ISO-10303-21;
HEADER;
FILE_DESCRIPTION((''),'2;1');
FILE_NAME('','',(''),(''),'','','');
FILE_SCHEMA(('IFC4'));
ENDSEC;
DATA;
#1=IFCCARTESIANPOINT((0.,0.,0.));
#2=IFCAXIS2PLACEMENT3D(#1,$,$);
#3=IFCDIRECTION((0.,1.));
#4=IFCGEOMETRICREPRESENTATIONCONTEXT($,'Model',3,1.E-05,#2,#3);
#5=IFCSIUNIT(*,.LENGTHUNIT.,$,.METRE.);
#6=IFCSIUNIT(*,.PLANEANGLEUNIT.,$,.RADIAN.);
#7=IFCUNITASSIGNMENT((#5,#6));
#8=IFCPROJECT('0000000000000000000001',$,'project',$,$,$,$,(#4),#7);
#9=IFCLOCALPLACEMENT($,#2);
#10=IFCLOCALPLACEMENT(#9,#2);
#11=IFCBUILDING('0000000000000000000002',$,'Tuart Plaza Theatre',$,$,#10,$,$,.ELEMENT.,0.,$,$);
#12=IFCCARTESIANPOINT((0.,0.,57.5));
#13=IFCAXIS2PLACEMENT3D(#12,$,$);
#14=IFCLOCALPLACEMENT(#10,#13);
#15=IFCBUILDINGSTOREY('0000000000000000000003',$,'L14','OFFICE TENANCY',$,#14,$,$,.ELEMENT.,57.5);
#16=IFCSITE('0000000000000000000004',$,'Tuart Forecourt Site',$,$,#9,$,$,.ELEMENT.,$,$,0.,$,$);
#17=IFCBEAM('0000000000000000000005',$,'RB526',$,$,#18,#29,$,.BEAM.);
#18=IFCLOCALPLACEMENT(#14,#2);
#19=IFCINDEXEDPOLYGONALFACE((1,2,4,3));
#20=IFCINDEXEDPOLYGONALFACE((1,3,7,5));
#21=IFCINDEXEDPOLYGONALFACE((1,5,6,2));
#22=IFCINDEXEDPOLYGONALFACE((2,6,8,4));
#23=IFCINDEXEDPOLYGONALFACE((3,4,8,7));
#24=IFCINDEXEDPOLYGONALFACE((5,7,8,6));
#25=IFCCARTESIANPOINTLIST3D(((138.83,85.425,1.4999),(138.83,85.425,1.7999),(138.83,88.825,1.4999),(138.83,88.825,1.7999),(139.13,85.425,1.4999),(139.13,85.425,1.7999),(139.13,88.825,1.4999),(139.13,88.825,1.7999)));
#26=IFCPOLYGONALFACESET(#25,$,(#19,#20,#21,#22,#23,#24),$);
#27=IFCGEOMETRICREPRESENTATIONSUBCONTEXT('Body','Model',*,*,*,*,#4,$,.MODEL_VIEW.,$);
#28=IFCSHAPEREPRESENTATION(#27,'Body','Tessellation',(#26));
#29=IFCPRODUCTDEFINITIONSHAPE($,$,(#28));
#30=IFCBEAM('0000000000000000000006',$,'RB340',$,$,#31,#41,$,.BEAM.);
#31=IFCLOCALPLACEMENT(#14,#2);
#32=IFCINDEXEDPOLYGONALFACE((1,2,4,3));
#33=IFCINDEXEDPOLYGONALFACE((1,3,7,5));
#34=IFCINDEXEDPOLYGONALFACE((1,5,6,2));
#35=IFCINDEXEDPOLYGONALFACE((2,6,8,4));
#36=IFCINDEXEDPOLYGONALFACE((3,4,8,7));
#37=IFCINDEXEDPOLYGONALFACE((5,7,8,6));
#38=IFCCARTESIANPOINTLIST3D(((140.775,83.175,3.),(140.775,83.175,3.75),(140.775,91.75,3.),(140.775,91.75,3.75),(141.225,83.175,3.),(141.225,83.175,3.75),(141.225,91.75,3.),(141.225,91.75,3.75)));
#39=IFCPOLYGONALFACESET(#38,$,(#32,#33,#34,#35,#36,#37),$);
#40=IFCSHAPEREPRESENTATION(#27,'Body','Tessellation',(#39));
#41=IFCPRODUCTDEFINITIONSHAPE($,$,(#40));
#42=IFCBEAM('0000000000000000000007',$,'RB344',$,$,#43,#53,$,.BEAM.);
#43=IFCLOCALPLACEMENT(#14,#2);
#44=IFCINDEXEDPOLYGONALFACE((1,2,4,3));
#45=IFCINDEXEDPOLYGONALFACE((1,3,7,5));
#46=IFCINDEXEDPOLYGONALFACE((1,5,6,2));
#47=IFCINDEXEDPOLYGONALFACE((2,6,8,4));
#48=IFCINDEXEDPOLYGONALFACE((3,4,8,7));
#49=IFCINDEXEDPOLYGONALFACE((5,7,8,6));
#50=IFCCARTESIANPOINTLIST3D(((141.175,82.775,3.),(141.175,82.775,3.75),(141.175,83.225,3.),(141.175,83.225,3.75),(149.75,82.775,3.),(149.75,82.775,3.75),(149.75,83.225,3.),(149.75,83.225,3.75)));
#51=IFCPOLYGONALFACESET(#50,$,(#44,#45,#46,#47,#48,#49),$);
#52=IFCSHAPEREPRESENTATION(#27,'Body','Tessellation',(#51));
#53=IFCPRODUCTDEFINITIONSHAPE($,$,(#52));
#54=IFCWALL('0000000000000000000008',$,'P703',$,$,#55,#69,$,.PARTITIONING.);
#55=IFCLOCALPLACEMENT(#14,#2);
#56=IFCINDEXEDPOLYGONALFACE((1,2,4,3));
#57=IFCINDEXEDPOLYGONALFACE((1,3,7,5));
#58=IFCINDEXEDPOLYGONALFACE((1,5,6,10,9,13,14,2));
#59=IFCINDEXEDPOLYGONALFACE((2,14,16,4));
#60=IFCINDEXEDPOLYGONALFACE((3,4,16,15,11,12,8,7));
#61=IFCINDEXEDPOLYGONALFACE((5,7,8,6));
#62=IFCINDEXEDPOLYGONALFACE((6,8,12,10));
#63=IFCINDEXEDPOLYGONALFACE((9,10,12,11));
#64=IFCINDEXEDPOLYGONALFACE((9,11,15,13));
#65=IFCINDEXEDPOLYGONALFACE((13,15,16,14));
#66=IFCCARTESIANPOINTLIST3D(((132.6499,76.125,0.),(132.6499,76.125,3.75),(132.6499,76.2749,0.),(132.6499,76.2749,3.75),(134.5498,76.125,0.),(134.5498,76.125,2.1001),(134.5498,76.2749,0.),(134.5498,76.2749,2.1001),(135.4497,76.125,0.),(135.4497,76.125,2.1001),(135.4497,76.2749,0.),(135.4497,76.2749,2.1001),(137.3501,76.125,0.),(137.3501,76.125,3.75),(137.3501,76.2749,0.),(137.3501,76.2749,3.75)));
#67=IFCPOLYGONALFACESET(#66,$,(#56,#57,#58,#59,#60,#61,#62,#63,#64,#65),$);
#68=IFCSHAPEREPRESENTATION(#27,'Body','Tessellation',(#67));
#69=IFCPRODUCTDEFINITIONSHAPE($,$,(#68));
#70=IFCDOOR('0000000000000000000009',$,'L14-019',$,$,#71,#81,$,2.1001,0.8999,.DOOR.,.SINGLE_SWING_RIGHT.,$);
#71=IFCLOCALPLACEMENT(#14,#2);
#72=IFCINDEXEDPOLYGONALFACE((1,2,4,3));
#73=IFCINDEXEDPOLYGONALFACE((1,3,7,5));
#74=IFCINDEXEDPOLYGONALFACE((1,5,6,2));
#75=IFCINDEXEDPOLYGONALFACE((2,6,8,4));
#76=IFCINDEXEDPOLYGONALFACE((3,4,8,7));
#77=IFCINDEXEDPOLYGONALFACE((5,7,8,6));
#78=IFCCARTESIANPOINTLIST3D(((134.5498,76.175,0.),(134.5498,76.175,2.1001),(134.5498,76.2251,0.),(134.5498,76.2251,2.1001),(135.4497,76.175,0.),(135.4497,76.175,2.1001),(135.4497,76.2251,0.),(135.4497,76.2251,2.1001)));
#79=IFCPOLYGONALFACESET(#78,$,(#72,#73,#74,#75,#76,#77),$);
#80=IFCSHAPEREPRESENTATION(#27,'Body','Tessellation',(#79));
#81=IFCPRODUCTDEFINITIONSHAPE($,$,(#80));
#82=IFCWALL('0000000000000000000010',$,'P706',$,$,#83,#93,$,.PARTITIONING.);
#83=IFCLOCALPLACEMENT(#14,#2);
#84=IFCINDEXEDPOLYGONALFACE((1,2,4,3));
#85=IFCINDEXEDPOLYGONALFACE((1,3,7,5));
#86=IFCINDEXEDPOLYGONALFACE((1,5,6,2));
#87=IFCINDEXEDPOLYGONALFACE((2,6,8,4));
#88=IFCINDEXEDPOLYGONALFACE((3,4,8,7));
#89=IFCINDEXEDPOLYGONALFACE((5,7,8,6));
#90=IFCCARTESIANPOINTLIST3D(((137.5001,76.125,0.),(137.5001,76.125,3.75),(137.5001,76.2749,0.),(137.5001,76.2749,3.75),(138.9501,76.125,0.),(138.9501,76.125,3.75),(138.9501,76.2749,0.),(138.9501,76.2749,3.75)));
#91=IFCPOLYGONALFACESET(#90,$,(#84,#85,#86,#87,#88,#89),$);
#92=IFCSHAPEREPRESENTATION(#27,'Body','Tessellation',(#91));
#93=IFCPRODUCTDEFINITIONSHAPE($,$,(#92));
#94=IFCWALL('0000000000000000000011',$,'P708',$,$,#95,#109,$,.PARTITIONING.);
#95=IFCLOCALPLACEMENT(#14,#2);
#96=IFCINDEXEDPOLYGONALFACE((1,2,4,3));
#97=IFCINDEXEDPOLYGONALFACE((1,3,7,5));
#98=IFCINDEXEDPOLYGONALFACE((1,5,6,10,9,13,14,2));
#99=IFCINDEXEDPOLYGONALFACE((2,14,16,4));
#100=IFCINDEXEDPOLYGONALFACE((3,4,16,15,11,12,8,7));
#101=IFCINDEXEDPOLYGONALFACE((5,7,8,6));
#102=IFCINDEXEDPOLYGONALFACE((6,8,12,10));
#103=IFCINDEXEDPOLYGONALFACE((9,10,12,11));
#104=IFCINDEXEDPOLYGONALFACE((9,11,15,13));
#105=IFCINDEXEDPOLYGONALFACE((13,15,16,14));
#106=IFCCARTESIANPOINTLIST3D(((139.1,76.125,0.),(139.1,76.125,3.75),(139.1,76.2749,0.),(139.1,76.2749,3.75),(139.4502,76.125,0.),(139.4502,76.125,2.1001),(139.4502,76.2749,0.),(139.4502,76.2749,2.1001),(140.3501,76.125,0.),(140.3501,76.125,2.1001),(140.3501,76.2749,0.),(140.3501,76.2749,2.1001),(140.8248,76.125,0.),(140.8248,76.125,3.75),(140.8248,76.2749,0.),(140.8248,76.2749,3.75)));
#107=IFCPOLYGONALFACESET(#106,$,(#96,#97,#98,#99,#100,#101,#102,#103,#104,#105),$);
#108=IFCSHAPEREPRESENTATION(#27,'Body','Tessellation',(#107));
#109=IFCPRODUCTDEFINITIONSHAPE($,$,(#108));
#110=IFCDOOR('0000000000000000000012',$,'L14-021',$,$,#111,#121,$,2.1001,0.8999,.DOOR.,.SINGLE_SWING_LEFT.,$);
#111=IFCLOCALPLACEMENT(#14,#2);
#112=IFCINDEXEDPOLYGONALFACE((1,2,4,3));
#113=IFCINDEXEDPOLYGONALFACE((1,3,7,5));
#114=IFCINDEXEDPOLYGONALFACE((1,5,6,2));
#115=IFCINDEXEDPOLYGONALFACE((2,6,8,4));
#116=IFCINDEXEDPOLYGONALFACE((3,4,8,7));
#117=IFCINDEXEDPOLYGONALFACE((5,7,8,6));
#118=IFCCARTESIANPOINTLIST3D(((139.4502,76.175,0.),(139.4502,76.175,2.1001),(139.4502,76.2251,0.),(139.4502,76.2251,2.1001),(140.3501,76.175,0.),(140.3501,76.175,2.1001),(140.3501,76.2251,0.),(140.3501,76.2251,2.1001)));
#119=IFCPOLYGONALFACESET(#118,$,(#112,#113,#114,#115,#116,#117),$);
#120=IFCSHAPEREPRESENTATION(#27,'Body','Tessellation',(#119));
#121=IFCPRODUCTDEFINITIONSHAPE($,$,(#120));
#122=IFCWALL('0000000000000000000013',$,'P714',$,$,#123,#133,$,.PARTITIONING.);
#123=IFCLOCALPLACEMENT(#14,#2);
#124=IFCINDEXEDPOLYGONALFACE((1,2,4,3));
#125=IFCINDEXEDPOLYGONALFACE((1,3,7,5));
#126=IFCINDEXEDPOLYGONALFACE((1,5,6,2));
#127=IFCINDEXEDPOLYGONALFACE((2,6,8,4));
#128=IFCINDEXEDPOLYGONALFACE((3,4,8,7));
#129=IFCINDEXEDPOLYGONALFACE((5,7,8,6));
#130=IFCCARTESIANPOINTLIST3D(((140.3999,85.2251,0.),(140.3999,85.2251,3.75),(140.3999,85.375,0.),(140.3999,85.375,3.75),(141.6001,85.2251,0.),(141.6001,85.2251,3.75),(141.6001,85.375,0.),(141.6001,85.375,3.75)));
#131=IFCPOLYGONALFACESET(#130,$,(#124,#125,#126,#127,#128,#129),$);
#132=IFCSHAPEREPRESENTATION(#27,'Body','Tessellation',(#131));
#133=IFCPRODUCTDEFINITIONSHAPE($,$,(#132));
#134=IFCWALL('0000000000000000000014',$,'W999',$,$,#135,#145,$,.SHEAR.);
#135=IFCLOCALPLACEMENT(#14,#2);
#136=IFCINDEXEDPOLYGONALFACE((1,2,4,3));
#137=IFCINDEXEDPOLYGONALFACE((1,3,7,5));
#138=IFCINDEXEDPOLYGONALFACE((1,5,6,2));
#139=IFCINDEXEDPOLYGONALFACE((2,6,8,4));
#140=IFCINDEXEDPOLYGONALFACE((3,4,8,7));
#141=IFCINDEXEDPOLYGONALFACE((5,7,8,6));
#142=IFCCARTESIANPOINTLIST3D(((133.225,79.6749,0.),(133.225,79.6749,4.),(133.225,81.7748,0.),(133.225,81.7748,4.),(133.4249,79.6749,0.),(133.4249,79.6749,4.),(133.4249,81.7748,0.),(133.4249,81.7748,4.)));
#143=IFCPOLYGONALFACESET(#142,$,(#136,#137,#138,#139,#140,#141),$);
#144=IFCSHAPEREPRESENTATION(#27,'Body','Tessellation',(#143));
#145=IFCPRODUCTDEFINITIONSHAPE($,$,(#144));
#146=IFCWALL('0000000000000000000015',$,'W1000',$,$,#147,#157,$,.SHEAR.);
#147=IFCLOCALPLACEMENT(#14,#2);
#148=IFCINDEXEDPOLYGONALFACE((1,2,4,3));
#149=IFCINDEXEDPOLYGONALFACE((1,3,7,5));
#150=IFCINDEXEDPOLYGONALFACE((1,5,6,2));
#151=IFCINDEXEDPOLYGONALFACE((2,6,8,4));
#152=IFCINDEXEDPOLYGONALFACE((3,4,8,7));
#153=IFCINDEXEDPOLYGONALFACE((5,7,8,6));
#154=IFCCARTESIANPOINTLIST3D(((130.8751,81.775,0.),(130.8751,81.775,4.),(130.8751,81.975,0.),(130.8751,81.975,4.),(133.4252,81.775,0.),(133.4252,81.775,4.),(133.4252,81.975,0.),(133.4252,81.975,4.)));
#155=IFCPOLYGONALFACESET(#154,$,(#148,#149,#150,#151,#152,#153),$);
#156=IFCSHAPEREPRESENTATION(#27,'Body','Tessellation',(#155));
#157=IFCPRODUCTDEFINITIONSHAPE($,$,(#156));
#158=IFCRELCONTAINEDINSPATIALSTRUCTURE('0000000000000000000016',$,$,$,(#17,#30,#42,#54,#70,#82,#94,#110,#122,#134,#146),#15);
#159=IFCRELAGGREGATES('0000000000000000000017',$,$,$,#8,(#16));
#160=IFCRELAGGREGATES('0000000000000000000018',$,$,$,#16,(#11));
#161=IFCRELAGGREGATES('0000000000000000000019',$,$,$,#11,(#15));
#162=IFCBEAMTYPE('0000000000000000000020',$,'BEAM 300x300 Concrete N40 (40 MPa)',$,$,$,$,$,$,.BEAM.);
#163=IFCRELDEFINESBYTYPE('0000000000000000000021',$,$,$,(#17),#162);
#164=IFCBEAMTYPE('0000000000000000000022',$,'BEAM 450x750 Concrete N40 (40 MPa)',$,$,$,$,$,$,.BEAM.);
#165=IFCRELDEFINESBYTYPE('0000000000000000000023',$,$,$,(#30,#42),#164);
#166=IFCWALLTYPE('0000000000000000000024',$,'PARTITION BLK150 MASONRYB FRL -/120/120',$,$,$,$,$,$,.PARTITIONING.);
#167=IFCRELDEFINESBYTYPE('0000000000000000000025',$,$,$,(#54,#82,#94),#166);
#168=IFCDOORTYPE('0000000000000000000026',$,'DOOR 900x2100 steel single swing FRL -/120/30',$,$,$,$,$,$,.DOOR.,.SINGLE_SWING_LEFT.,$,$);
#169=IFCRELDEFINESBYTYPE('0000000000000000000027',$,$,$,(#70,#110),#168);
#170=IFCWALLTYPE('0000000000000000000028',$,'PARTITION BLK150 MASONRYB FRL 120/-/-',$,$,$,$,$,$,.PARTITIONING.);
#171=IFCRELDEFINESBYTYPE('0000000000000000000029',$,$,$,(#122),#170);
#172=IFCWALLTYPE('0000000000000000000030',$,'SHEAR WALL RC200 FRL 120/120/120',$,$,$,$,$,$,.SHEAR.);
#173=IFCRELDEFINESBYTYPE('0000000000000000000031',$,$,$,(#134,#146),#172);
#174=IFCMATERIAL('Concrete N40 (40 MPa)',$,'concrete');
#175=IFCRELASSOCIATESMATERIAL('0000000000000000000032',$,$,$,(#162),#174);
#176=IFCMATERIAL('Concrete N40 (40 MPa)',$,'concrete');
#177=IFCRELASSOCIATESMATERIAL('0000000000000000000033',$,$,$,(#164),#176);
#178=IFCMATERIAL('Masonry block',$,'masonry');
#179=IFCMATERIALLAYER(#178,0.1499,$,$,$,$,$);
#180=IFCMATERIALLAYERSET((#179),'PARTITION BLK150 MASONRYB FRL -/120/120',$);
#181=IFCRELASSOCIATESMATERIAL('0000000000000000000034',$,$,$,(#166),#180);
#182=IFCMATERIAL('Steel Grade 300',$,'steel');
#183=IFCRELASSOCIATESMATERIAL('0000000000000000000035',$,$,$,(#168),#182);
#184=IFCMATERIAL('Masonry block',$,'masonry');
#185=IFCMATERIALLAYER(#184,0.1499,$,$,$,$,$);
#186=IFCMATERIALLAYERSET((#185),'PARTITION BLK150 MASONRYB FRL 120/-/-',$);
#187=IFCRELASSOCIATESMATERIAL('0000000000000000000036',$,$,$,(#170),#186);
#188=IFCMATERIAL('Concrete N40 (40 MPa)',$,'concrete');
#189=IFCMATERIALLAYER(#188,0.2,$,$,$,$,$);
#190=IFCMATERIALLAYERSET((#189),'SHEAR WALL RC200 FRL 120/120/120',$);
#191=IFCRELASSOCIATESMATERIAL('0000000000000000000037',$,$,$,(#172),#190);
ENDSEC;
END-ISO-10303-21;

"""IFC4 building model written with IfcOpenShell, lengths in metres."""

from ifc_helpers import new_model, si_unit, direction, frame, frame_2d, origin, origin_2d, place, context, subcontext, project, spatial, rectangle, extrude, material, layer, layer_set, material_profile, profile_set, type_object, element, fill, save


model = new_model("IFC4")

# Units and contexts
model_context = context("Model", 3, precision=1e-05, world=origin(), true_north=direction((0.0, 1.0)))
body_context = subcontext(model_context, "Body", "Model", "MODEL_VIEW")
ifc_project = project(units=[si_unit("LENGTHUNIT", "METRE"), si_unit("PLANEANGLEUNIT", "RADIAN")], contexts=[model_context])

# Site, building, storey
site_placement = place(None, origin())
site = spatial("IfcSite", under=ifc_project, at=site_placement, Name="Tuart Forecourt Site", CompositionType="ELEMENT", RefElevation=0.0)
building_placement = place(site_placement, origin())
building = spatial("IfcBuilding", under=site, at=building_placement, Name="Tuart Plaza Theatre", CompositionType="ELEMENT", ElevationOfRefHeight=0.0)
storey_placement = place(building_placement, frame((0.0, 0.0, 57.5)))
storey = spatial("IfcBuildingStorey", under=building, at=storey_placement, Name="L14", Description="OFFICE TENANCY", CompositionType="ELEMENT", Elevation=57.5)

# Beams
ifc_material_1 = material(Name="Concrete N40 (40 MPa)", Category="concrete")
ifc_material_profile_1 = material_profile(ifc_material_1, rectangle(XDim=0.3, YDim=0.3, at=origin_2d()), Name="BEAM 300x300 Concrete N40 (40 MPa)")
ifc_profile_set_1 = profile_set([ifc_material_profile_1], Name="Concrete N40 (40 MPa)")
beam_type_1 = type_object("IfcBeamType", Name="BEAM 300x300 Concrete N40 (40 MPa)", PredefinedType="BEAM", material=ifc_profile_set_1)
beam_placement = place(storey_placement, frame((138.98, 85.425, 1.6499), z_axis=(0.0, 1.0, 0.0), x_axis=(-1.0, 0.0, 0.0)))
element("IfcBeam", 1, at=beam_placement, inside=storey, type_object=beam_type_1, Name="RB526", PredefinedType="BEAM", context=body_context, shape_type="SweptSolid", body=[
    extrude(rectangle(XDim=0.3, YDim=0.3, at=origin_2d()), origin(), (0.0, 0.0, 1.0), 3.3999),
])
ifc_material_2 = material(Name="Concrete N40 (40 MPa)", Category="concrete")
ifc_material_profile_2 = material_profile(ifc_material_2, rectangle(XDim=0.45, YDim=0.75, at=origin_2d()), Name="BEAM 450x750 Concrete N40 (40 MPa)")
ifc_profile_set_2 = profile_set([ifc_material_profile_2], Name="Concrete N40 (40 MPa)")
beam_type_2 = type_object("IfcBeamType", Name="BEAM 450x750 Concrete N40 (40 MPa)", PredefinedType="BEAM", material=ifc_profile_set_2)
for number, where, z_axis, x_axis, name in (
    (2, (141.0, 83.175, 3.375), (0.0, 1.0, 0.0), (-1.0, 0.0, 0.0), "RB340"),
    (3, (141.175, 83.0, 3.375), (1.0, 0.0, 0.0), (0.0, 1.0, 0.0), "RB344"),
):
    element("IfcBeam", number, at=place(storey_placement, frame(where, z_axis=z_axis, x_axis=x_axis)), inside=storey, type_object=beam_type_2, Name=name, PredefinedType="BEAM", context=body_context, shape_type="SweptSolid", body=[
        extrude(rectangle(XDim=0.45, YDim=0.75, at=origin_2d()), origin(), (0.0, 0.0, 1.0), 8.575),
    ])

# Wall, opening, door
ifc_material_3 = material(Name="Masonry block", Category="masonry")
ifc_layer_1 = layer(ifc_material_3, 0.1499)
ifc_layer_set_1 = layer_set([ifc_layer_1], Name="PARTITION BLK150 MASONRYB FRL -/120/120")
wall_type_1 = type_object("IfcWallType", Name="PARTITION BLK150 MASONRYB FRL -/120/120", PredefinedType="PARTITIONING", material=ifc_layer_set_1)
wall_1_placement = place(storey_placement, frame((132.6499, 76.2, 0.0), z_axis=(0.0, 0.0, 1.0), x_axis=(1.0, 0.0, 0.0)))
wall_1 = element("IfcWall", 4, at=wall_1_placement, inside=storey, type_object=wall_type_1, Name="P703", PredefinedType="PARTITIONING", context=body_context, shape_type="SweptSolid", body=[
    extrude(rectangle(XDim=4.7002, YDim=0.1499, at=frame_2d((2.3501, 0.0))), origin(), (0.0, 0.0, 1.0), 3.75),
])
opening_1_placement = place(wall_1_placement, frame((1.8999, 0.0, 0.0)))
opening_1 = element("IfcOpeningElement", 5, at=opening_1_placement, cuts=wall_1, PredefinedType="OPENING", context=body_context, shape_type="SweptSolid", body=[
    extrude(rectangle(XDim=0.8999, YDim=2.1001, at=frame_2d((0.45, 1.05))), frame((0.0, 0.085, 0.0), z_axis=(0.0, -1.0, 0.0), x_axis=(1.0, 0.0, 0.0)), (0.0, 0.0, 1.0), 0.1699),
])
ifc_material_4 = material(Name="Steel Grade 300", Category="steel")
door_type_1 = type_object("IfcDoorType", Name="DOOR 900x2100 steel single swing FRL -/120/30", OperationType="SINGLE_SWING_LEFT", PredefinedType="DOOR", material=ifc_material_4)
door_1_placement = place(opening_1_placement, frame((0.8999, 0.0, 0.0), z_axis=(0.0, 0.0, 1.0), x_axis=(-1.0, 0.0, 0.0)))
door_1 = element("IfcDoor", 6, at=door_1_placement, inside=storey, type_object=door_type_1, Name="L14-019", OperationType="SINGLE_SWING_RIGHT", OverallHeight=2.1001, OverallWidth=0.8999, PredefinedType="DOOR", context=body_context, shape_type="SweptSolid", body=[
    extrude(rectangle(XDim=0.8999, YDim=2.1001, at=frame_2d((0.45, 1.05))), frame((0.0, 0.0249, 0.0), z_axis=(0.0, -1.0, 0.0), x_axis=(1.0, 0.0, 0.0)), (0.0, 0.0, 1.0), 0.05),
])
fill(opening_1, door_1)

# Wall
wall_2_placement = place(storey_placement, frame((137.5, 76.2, 0.0), z_axis=(0.0, 0.0, 1.0), x_axis=(1.0, 0.0, 0.0)))
element("IfcWall", 7, at=wall_2_placement, inside=storey, type_object=wall_type_1, Name="P706", PredefinedType="PARTITIONING", context=body_context, shape_type="SweptSolid", body=[
    extrude(rectangle(XDim=1.45, YDim=0.1499, at=frame_2d((0.7251, 0.0))), origin(), (0.0, 0.0, 1.0), 3.75),
])

# Wall, opening, door
wall_3_placement = place(storey_placement, frame((139.1001, 76.2, 0.0), z_axis=(0.0, 0.0, 1.0), x_axis=(1.0, 0.0, 0.0)))
wall_3 = element("IfcWall", 8, at=wall_3_placement, inside=storey, type_object=wall_type_1, Name="P708", PredefinedType="PARTITIONING", context=body_context, shape_type="SweptSolid", body=[
    extrude(rectangle(XDim=1.7249, YDim=0.1499, at=frame_2d((0.8623, 0.0))), origin(), (0.0, 0.0, 1.0), 3.75),
])
opening_2_placement = place(wall_3_placement, frame((0.3501, 0.0, 0.0)))
opening_2 = element("IfcOpeningElement", 9, at=opening_2_placement, cuts=wall_3, PredefinedType="OPENING", context=body_context, shape_type="SweptSolid", body=[
    extrude(rectangle(XDim=0.8999, YDim=2.1001, at=frame_2d((0.45, 1.05))), frame((0.0, 0.085, 0.0), z_axis=(0.0, -1.0, 0.0), x_axis=(1.0, 0.0, 0.0)), (0.0, 0.0, 1.0), 0.1699),
])
door_2_placement = place(opening_2_placement, frame((0.8999, 0.0, 0.0), z_axis=(0.0, 0.0, 1.0), x_axis=(-1.0, 0.0, 0.0)))
door_2 = element("IfcDoor", 10, at=door_2_placement, inside=storey, type_object=door_type_1, Name="L14-021", OperationType="SINGLE_SWING_LEFT", OverallHeight=2.1001, OverallWidth=0.8999, PredefinedType="DOOR", context=body_context, shape_type="SweptSolid", body=[
    extrude(rectangle(XDim=0.8999, YDim=2.1001, at=frame_2d((0.45, 1.05))), frame((0.0, 0.0249, 0.0), z_axis=(0.0, -1.0, 0.0), x_axis=(1.0, 0.0, 0.0)), (0.0, 0.0, 1.0), 0.05),
])
fill(opening_2, door_2)

# Walls
ifc_material_5 = material(Name="Masonry block", Category="masonry")
ifc_layer_2 = layer(ifc_material_5, 0.1499)
ifc_layer_set_2 = layer_set([ifc_layer_2], Name="PARTITION BLK150 MASONRYB FRL 120/-/-")
wall_type_2 = type_object("IfcWallType", Name="PARTITION BLK150 MASONRYB FRL 120/-/-", PredefinedType="PARTITIONING", material=ifc_layer_set_2)
wall_4_placement = place(storey_placement, frame((140.3999, 85.3, 0.0), z_axis=(0.0, 0.0, 1.0), x_axis=(1.0, 0.0, 0.0)))
element("IfcWall", 11, at=wall_4_placement, inside=storey, type_object=wall_type_2, Name="P714", PredefinedType="PARTITIONING", context=body_context, shape_type="SweptSolid", body=[
    extrude(rectangle(XDim=1.2002, YDim=0.1499, at=frame_2d((0.6001, 0.0))), origin(), (0.0, 0.0, 1.0), 3.75),
])
ifc_material_6 = material(Name="Concrete N40 (40 MPa)", Category="concrete")
ifc_layer_3 = layer(ifc_material_6, 0.2)
ifc_layer_set_3 = layer_set([ifc_layer_3], Name="SHEAR WALL RC200 FRL 120/120/120")
wall_type_3 = type_object("IfcWallType", Name="SHEAR WALL RC200 FRL 120/120/120", PredefinedType="SHEAR", material=ifc_layer_set_3)
wall_5_placement = place(storey_placement, frame((133.325, 79.675, 0.0), z_axis=(0.0, 0.0, 1.0), x_axis=(0.0, 1.0, 0.0)))
element("IfcWall", 12, at=wall_5_placement, inside=storey, type_object=wall_type_3, Name="W999", PredefinedType="SHEAR", context=body_context, shape_type="SweptSolid", body=[
    extrude(rectangle(XDim=2.0999, YDim=0.2, at=frame_2d((1.0498, 0.0))), origin(), (0.0, 0.0, 1.0), 4.0),
])
wall_6_placement = place(storey_placement, frame((133.425, 81.875, 0.0), z_axis=(0.0, 0.0, 1.0), x_axis=(-1.0, 0.0, 0.0)))
element("IfcWall", 13, at=wall_6_placement, inside=storey, type_object=wall_type_3, Name="W1000", PredefinedType="SHEAR", context=body_context, shape_type="SweptSolid", body=[
    extrude(rectangle(XDim=2.55, YDim=0.2, at=frame_2d((1.2749, 0.0))), origin(), (0.0, 0.0, 1.0), 4.0),
])

save(model, "model.ifc")
